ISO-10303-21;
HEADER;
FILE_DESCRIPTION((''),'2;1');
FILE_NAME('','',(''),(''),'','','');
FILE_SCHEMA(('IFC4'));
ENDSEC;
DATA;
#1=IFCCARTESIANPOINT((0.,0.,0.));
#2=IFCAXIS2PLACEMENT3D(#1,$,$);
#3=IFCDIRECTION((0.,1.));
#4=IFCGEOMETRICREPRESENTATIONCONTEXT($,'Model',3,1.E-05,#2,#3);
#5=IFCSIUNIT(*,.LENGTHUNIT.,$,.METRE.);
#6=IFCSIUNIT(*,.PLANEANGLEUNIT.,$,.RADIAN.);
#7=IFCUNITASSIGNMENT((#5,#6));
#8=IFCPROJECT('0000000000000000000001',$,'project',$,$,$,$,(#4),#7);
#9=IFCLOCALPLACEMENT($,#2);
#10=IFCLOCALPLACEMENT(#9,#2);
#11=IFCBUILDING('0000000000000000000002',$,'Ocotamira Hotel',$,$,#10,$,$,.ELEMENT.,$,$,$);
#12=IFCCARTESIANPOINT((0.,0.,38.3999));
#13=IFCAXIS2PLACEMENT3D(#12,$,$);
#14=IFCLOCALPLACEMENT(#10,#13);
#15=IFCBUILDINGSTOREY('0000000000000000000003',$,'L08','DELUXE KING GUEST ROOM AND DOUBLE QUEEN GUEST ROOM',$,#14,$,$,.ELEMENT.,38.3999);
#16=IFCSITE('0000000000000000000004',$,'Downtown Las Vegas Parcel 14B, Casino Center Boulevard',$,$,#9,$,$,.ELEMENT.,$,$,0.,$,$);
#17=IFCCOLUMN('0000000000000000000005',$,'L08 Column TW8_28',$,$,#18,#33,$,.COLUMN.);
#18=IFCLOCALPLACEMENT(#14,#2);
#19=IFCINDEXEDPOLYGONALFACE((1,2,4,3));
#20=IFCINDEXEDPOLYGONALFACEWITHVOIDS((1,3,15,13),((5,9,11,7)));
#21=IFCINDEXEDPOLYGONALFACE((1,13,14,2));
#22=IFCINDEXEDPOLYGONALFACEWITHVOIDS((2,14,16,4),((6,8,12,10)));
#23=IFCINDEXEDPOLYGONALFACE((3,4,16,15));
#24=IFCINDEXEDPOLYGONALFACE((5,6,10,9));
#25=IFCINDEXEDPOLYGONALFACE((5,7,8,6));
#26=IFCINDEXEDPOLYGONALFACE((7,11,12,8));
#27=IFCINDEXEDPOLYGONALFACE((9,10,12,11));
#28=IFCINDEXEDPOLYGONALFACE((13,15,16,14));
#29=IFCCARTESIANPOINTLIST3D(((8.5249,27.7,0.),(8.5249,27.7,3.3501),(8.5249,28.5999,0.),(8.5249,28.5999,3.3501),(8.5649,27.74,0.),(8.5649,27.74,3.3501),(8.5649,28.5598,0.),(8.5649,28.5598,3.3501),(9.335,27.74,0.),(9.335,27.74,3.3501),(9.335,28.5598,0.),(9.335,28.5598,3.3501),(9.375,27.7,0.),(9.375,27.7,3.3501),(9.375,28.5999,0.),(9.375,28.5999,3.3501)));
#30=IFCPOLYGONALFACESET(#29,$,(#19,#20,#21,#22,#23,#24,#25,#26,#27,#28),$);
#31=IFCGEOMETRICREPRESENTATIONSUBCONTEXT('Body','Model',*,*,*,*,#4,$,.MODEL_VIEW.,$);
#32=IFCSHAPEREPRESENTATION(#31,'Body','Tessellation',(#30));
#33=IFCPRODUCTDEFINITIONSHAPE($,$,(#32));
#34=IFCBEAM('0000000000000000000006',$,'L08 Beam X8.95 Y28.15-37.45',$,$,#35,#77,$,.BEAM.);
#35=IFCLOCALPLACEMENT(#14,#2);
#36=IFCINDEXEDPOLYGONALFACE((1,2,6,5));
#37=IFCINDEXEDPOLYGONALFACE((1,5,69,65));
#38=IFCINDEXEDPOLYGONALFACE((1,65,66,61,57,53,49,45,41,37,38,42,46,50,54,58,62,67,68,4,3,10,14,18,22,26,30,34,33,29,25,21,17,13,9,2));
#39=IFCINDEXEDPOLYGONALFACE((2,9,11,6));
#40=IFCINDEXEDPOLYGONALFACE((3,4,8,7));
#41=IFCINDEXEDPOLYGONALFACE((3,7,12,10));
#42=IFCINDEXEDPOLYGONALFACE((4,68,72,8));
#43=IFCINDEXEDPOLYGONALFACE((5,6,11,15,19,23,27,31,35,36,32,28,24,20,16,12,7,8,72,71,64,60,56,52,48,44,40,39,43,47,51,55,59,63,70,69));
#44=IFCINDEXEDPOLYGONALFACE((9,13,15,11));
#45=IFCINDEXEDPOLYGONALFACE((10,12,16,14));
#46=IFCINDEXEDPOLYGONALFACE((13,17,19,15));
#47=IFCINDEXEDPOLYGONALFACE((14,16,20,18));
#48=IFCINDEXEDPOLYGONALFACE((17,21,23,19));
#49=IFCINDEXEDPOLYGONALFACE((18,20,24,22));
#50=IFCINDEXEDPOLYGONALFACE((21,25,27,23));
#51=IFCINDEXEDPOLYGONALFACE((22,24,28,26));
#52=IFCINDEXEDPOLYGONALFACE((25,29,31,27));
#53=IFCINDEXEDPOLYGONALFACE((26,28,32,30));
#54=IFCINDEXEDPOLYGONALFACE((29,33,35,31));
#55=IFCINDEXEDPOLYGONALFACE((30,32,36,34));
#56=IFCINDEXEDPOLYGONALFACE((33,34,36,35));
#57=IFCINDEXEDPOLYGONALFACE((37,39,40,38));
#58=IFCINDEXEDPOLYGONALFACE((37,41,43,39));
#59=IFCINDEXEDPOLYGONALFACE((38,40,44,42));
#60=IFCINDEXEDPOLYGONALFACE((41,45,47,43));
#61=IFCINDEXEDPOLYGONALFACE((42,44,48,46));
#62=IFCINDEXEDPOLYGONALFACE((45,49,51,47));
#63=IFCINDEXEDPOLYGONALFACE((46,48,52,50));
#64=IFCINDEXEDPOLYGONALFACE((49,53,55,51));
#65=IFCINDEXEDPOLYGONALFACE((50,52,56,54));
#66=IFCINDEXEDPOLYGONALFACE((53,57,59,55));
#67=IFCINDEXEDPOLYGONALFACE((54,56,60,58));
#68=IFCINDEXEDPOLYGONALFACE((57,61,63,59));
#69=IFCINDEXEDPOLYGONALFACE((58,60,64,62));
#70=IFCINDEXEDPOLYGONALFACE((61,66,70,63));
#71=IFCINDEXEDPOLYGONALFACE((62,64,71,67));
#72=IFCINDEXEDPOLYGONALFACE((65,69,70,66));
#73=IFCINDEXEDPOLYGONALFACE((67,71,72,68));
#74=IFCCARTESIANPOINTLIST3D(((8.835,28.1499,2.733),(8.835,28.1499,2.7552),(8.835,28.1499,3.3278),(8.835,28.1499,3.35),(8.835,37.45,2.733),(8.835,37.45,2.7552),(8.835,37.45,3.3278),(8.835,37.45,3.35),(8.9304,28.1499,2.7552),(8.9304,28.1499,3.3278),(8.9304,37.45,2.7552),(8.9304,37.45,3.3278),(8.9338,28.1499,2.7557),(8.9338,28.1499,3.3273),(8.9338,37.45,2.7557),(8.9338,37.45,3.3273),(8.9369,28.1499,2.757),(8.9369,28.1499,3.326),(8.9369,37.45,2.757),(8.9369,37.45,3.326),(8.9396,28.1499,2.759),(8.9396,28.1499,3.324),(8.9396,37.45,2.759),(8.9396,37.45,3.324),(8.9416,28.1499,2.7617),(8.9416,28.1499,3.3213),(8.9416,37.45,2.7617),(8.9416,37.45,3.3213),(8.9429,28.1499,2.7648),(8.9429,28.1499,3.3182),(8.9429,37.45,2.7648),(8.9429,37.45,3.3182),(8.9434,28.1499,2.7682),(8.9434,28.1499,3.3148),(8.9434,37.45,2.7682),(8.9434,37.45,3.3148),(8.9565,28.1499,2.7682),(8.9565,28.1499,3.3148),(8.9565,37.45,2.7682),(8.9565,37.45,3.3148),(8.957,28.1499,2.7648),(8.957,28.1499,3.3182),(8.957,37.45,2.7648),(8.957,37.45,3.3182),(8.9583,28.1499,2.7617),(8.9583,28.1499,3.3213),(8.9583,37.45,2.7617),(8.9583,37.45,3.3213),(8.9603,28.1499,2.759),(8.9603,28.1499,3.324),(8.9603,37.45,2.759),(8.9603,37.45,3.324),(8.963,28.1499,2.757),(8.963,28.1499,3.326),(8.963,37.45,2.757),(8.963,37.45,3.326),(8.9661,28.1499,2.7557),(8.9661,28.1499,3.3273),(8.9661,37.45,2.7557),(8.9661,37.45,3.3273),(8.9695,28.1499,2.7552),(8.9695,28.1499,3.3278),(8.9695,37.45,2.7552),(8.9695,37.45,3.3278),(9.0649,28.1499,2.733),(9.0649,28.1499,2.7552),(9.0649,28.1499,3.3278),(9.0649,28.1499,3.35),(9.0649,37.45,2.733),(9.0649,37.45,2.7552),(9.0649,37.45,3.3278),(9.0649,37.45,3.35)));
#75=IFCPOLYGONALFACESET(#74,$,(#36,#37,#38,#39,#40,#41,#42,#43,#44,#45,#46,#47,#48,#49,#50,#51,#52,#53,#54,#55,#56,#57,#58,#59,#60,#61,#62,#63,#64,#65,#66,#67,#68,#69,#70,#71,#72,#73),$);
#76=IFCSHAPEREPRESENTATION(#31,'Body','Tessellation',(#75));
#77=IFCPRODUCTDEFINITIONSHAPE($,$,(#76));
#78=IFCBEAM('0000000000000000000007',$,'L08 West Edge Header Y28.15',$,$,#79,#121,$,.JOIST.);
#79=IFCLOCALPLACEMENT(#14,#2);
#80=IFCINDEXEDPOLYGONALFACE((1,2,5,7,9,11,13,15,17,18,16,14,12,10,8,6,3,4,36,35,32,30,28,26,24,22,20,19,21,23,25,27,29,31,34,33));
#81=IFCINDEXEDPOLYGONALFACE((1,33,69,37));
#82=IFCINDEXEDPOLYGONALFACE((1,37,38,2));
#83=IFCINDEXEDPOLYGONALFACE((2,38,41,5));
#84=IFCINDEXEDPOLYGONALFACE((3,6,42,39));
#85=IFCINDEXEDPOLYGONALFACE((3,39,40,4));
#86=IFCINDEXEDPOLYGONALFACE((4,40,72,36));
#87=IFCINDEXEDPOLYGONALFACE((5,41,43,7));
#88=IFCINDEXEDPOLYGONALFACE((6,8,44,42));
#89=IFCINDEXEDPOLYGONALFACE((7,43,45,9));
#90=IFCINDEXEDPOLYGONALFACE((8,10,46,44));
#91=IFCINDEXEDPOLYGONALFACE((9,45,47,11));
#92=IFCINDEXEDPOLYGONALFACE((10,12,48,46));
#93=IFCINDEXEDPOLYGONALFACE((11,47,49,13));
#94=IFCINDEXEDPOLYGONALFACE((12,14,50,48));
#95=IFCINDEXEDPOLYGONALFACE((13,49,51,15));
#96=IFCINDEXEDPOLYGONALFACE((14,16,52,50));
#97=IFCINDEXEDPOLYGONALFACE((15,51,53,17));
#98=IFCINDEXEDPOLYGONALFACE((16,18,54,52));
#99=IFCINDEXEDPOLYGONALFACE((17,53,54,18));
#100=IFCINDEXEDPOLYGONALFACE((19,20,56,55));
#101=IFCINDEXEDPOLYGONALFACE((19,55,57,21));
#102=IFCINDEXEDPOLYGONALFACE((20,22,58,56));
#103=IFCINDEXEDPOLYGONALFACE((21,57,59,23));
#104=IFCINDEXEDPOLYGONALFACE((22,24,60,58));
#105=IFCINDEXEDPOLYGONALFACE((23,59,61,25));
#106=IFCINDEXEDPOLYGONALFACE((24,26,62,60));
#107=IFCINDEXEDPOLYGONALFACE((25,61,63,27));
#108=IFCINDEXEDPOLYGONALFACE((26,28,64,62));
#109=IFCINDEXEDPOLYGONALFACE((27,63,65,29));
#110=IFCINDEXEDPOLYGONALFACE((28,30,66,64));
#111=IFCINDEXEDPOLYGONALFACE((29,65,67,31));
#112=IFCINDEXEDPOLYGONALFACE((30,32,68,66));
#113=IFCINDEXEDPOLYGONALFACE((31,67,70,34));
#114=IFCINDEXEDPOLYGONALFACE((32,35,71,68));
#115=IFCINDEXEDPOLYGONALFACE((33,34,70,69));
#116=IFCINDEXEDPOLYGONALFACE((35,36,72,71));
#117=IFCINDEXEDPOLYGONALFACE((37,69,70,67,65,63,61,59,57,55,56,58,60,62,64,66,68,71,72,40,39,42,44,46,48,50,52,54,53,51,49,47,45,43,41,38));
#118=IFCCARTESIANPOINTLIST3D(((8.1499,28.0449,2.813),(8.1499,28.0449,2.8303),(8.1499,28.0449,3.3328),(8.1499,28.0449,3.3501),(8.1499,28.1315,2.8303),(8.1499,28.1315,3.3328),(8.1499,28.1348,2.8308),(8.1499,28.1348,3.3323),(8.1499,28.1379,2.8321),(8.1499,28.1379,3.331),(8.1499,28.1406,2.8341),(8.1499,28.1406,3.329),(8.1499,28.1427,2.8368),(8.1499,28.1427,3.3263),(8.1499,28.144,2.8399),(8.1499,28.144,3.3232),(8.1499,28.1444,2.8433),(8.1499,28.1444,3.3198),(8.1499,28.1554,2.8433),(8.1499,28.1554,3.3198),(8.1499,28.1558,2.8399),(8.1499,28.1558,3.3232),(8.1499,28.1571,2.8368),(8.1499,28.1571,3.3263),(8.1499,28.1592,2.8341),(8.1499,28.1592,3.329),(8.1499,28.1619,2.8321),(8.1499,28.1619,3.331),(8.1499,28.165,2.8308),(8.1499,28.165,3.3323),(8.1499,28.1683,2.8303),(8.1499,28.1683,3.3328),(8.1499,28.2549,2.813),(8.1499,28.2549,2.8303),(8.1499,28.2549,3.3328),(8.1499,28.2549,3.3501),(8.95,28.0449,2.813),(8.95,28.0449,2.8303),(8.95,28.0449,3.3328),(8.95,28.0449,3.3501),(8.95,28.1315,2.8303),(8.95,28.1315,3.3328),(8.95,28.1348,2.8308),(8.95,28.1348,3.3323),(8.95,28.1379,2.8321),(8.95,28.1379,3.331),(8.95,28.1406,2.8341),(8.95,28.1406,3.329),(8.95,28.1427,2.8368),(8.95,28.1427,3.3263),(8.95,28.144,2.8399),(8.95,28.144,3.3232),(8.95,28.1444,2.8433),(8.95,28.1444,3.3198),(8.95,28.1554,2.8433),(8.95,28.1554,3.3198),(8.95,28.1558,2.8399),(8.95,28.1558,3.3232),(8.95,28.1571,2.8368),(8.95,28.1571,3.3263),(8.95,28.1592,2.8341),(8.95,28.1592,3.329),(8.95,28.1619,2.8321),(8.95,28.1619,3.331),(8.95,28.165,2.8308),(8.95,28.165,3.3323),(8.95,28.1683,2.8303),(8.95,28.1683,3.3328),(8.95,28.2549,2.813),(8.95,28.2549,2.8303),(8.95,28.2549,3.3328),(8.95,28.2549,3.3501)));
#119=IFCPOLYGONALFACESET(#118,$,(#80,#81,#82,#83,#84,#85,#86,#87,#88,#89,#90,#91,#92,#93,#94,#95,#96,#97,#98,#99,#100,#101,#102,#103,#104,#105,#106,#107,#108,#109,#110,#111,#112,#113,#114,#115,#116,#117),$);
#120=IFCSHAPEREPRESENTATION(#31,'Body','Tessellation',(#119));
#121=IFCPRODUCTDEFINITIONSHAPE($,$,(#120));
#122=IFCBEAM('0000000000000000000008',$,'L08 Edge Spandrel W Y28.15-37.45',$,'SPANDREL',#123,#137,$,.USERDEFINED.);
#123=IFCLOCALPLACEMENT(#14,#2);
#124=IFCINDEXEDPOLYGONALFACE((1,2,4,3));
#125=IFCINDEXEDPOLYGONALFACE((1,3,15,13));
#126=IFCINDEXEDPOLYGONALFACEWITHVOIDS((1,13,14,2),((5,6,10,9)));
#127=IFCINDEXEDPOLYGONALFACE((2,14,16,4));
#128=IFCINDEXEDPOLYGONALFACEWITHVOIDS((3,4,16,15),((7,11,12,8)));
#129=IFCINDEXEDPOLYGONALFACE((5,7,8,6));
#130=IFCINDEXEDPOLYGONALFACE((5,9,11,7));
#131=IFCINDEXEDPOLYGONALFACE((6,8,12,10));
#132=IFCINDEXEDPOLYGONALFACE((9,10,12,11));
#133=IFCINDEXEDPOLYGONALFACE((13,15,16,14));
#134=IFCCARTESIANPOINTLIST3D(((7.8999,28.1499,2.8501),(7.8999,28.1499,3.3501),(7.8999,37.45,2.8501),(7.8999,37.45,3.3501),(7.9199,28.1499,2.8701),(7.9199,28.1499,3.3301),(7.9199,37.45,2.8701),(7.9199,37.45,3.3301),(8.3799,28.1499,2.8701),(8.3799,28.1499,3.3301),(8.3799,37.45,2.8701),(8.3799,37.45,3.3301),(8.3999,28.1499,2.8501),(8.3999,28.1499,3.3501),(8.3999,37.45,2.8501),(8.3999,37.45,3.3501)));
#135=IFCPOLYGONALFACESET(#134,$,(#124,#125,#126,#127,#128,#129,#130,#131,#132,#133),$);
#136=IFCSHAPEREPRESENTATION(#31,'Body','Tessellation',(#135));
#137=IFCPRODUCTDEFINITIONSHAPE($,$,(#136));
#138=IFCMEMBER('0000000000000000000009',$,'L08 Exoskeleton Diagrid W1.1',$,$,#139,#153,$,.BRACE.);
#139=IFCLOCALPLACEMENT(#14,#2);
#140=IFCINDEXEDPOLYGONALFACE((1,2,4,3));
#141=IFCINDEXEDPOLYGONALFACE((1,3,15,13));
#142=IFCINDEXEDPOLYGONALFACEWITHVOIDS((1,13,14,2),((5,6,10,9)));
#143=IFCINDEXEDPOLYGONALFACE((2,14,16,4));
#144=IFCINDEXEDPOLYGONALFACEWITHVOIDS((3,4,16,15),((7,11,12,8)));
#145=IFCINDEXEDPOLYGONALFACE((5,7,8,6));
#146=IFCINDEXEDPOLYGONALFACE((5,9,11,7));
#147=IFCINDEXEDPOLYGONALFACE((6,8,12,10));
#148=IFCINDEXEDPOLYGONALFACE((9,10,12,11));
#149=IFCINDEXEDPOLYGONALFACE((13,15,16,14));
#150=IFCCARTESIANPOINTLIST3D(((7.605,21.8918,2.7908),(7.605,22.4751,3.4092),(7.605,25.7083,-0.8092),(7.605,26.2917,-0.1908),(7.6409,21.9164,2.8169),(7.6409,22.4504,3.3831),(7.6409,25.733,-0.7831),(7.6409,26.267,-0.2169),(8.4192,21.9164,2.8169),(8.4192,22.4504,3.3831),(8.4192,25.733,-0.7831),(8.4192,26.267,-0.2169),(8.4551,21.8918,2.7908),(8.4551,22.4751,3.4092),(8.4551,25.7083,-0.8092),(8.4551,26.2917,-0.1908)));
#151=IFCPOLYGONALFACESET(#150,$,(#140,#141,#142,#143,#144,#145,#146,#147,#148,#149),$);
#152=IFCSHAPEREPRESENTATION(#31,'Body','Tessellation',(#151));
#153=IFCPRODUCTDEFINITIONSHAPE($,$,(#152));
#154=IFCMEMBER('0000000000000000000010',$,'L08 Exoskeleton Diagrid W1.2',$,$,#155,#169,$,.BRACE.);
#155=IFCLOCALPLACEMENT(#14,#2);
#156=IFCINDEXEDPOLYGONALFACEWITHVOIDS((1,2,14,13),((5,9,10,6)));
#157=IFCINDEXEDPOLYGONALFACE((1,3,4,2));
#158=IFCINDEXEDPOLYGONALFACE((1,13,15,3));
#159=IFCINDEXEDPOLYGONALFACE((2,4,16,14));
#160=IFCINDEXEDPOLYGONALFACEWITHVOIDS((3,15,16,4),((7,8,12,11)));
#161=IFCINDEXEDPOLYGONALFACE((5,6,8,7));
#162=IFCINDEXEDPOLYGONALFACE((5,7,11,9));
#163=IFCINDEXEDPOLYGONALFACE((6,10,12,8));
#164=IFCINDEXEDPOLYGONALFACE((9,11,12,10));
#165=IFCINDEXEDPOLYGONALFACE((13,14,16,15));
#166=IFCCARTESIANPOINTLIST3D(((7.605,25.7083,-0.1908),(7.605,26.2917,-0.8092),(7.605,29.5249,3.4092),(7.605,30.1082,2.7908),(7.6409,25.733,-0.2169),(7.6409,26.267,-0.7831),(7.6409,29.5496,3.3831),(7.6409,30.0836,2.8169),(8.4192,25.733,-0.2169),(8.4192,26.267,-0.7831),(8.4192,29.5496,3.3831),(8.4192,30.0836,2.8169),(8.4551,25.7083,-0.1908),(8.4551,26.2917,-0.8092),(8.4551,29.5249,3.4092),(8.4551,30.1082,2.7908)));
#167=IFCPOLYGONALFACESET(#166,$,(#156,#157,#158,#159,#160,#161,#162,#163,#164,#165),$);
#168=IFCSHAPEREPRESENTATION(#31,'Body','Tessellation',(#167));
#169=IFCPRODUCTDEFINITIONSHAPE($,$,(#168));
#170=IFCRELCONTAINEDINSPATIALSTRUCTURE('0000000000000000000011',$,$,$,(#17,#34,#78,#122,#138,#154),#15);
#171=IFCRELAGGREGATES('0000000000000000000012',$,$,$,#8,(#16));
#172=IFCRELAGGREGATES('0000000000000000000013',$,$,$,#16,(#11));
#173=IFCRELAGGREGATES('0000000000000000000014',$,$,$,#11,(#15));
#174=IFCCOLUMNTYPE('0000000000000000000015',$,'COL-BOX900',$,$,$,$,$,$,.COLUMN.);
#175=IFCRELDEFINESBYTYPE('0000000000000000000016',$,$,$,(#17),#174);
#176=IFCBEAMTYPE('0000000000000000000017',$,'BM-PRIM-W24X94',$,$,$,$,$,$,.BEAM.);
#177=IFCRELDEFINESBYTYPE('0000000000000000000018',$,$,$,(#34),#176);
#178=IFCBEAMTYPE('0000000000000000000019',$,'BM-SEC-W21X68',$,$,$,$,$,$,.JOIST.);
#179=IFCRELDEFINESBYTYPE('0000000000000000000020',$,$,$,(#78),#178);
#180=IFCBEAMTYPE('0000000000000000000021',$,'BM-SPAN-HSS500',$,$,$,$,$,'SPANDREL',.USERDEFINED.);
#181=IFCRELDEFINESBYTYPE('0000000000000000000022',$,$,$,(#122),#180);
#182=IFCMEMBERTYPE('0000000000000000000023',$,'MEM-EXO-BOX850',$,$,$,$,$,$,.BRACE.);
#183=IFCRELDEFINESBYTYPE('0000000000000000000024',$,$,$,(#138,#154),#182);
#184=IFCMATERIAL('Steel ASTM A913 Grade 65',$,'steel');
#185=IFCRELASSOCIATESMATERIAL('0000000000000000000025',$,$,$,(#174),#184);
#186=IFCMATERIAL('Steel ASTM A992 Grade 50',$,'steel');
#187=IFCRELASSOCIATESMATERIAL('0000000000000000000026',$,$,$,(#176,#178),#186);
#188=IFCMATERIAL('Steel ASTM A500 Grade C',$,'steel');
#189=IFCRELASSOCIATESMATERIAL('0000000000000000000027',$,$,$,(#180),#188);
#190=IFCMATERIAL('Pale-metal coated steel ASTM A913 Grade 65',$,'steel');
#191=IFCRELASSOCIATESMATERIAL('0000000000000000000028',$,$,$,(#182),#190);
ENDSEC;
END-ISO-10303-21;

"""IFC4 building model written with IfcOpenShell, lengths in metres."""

from ifc_helpers import new_model, si_unit, direction, frame, origin, origin_2d, place, context, subcontext, project, spatial, hollow_rectangle, i_section, extrude, source, transform, mapped, material, material_profile, profile_set, type_object, element, save


model = new_model("IFC4")

# Units and contexts
model_context = context("Model", 3, precision=1e-05, world=origin(), true_north=direction((0.0, 1.0)))
body_context = subcontext(model_context, "Body", "Model", "MODEL_VIEW")
ifc_project = project(units=[si_unit("LENGTHUNIT", "METRE"), si_unit("PLANEANGLEUNIT", "RADIAN")], contexts=[model_context])

# Site, building, storey
site_placement = place(None, origin())
site = spatial("IfcSite", under=ifc_project, at=site_placement, Name="Downtown Las Vegas Parcel 14B, Casino Center Boulevard", CompositionType="ELEMENT", RefElevation=0.0)
building_placement = place(site_placement, origin())
building = spatial("IfcBuilding", under=site, at=building_placement, Name="Ocotamira Hotel", CompositionType="ELEMENT")
storey_placement = place(building_placement, frame((0.0, 0.0, 38.3999)))
storey = spatial("IfcBuildingStorey", under=building, at=storey_placement, Name="L08", Description="DELUXE KING GUEST ROOM AND DOUBLE QUEEN GUEST ROOM", CompositionType="ELEMENT", Elevation=38.3999)

# Column
ifc_material_1 = material(Name="Steel ASTM A913 Grade 65", Category="steel")
ifc_material_profile_1 = material_profile(ifc_material_1, hollow_rectangle(XDim=0.8501, YDim=0.8999, WallThickness=0.04, at=origin_2d()), Name="BOX900X850X40")
ifc_profile_set_1 = profile_set([ifc_material_profile_1], Name="Steel ASTM A913 Grade 65")
column_type = type_object("IfcColumnType", Name="COL-BOX900", PredefinedType="COLUMN", material=ifc_profile_set_1)
shared_shape_1 = source(origin(), body_context, "Body", "SweptSolid", [
    extrude(hollow_rectangle(XDim=0.8501, YDim=0.8999, WallThickness=0.04, at=origin_2d()), origin(), (0.0, 0.0, 1.0), 3.3501),
])
column_placement = place(storey_placement, frame((8.95, 28.1499, 0.0), z_axis=(0.0, 0.0, 1.0), x_axis=(1.0, 0.0, 0.0)))
element("IfcColumn", 1, at=column_placement, inside=storey, type_object=column_type, Name="L08 Column TW8_28", PredefinedType="COLUMN", context=body_context, shape_type="MappedRepresentation", body=[
    mapped(shared_shape_1, transform((0.0, 0.0, 0.0), scale=1.0)),
])

# Beams
ifc_material_2 = material(Name="Steel ASTM A992 Grade 50", Category="steel")
ifc_material_profile_2 = material_profile(ifc_material_2, i_section(OverallWidth=0.23, OverallDepth=0.6169, WebThickness=0.0132, FlangeThickness=0.0222, FilletRadius=0.0129, at=origin_2d()), Name="W24X94")
ifc_profile_set_2 = profile_set([ifc_material_profile_2], Name="Steel ASTM A992 Grade 50")
beam_type_1 = type_object("IfcBeamType", Name="BM-PRIM-W24X94", PredefinedType="BEAM", material=ifc_profile_set_2)
shared_shape_2 = source(origin(), body_context, "Body", "SweptSolid", [
    extrude(i_section(OverallWidth=0.23, OverallDepth=0.6169, WebThickness=0.0132, FlangeThickness=0.0222, FilletRadius=0.0129, at=origin_2d()), origin(), (0.0, 0.0, 1.0), 9.3),
])
beam_1_placement = place(storey_placement, frame((8.95, 28.1499, 3.0415), z_axis=(0.0, 1.0, 0.0), x_axis=(-1.0, 0.0, 0.0)))
element("IfcBeam", 2, at=beam_1_placement, inside=storey, type_object=beam_type_1, Name="L08 Beam X8.95 Y28.15-37.45", PredefinedType="BEAM", context=body_context, shape_type="MappedRepresentation", body=[
    mapped(shared_shape_2, transform((0.0, 0.0, 0.0), scale=1.0)),
])
ifc_material_profile_3 = material_profile(ifc_material_2, i_section(OverallWidth=0.21, OverallDepth=0.5371, WebThickness=0.011, FlangeThickness=0.0173, FilletRadius=0.0129, at=origin_2d()), Name="W21X68")
ifc_profile_set_3 = profile_set([ifc_material_profile_3], Name="Steel ASTM A992 Grade 50")
beam_type_2 = type_object("IfcBeamType", Name="BM-SEC-W21X68", PredefinedType="JOIST", material=ifc_profile_set_3)
shared_shape_3 = source(origin(), body_context, "Body", "SweptSolid", [
    extrude(i_section(OverallWidth=0.21, OverallDepth=0.5371, WebThickness=0.011, FlangeThickness=0.0173, FilletRadius=0.0129, at=origin_2d()), origin(), (0.0, 0.0, 1.0), 0.8),
])
beam_2_placement = place(storey_placement, frame((8.95, 28.1499, 3.0815), z_axis=(-1.0, 0.0, 0.0), x_axis=(0.0, -1.0, 0.0)))
element("IfcBeam", 3, at=beam_2_placement, inside=storey, type_object=beam_type_2, Name="L08 West Edge Header Y28.15", PredefinedType="JOIST", context=body_context, shape_type="MappedRepresentation", body=[
    mapped(shared_shape_3, transform((0.0, 0.0, 0.0), scale=1.0)),
])
ifc_material_3 = material(Name="Steel ASTM A500 Grade C", Category="steel")
ifc_material_profile_4 = material_profile(ifc_material_3, hollow_rectangle(XDim=0.5, YDim=0.5, WallThickness=0.02, at=origin_2d()), Name="HSS500X500X20")
ifc_profile_set_4 = profile_set([ifc_material_profile_4], Name="Steel ASTM A500 Grade C")
beam_type_3 = type_object("IfcBeamType", Name="BM-SPAN-HSS500", ElementType="SPANDREL", PredefinedType="USERDEFINED", material=ifc_profile_set_4)
shared_shape_4 = source(origin(), body_context, "Body", "SweptSolid", [
    extrude(hollow_rectangle(XDim=0.5, YDim=0.5, WallThickness=0.02, at=origin_2d()), origin(), (0.0, 0.0, 1.0), 9.3),
])
beam_3_placement = place(storey_placement, frame((8.1499, 28.1499, 3.1001), z_axis=(0.0, 1.0, 0.0), x_axis=(-1.0, 0.0, 0.0)))
element("IfcBeam", 4, at=beam_3_placement, inside=storey, type_object=beam_type_3, Name="L08 Edge Spandrel W Y28.15-37.45", ObjectType="SPANDREL", PredefinedType="USERDEFINED", context=body_context, shape_type="MappedRepresentation", body=[
    mapped(shared_shape_4, transform((0.0, 0.0, 0.0), scale=1.0)),
])

# Members
ifc_material_4 = material(Name="Pale-metal coated steel ASTM A913 Grade 65", Category="steel")
ifc_material_profile_5 = material_profile(ifc_material_4, hollow_rectangle(XDim=0.8501, YDim=0.8501, WallThickness=0.0359, at=origin_2d()), Name="BOX850X850X36")
ifc_profile_set_5 = profile_set([ifc_material_profile_5], Name="Pale-metal coated steel ASTM A913 Grade 65")
member_type_1 = type_object("IfcMemberType", Name="MEM-EXO-BOX850", PredefinedType="BRACE", material=ifc_profile_set_5)
shared_shape_5 = source(origin(), body_context, "Body", "SweptSolid", [
    extrude(hollow_rectangle(XDim=0.8501, YDim=0.8501, WallThickness=0.0359, at=origin_2d()), origin(), (0.0, 0.0, 1.0), 5.2466),
])
for number, where, z_axis, x_axis, name in (
    (5, (8.03, 26.0, -0.5), (0.0, -0.727443, 0.686168), (1.0, 0.0, 0.0), "L08 Exoskeleton Diagrid W1.1"),
    (6, (8.03, 26.0, -0.5), (0.0, 0.727443, 0.686168), (-1.0, 0.0, 0.0), "L08 Exoskeleton Diagrid W1.2"),
):
    element("IfcMember", number, at=place(storey_placement, frame(where, z_axis=z_axis, x_axis=x_axis)), inside=storey, type_object=member_type_1, Name=name, PredefinedType="BRACE", context=body_context, shape_type="MappedRepresentation", body=[
        mapped(shared_shape_5, transform((0.0, 0.0, 0.0), scale=1.0)),
    ])

save(model, "model.ifc")
